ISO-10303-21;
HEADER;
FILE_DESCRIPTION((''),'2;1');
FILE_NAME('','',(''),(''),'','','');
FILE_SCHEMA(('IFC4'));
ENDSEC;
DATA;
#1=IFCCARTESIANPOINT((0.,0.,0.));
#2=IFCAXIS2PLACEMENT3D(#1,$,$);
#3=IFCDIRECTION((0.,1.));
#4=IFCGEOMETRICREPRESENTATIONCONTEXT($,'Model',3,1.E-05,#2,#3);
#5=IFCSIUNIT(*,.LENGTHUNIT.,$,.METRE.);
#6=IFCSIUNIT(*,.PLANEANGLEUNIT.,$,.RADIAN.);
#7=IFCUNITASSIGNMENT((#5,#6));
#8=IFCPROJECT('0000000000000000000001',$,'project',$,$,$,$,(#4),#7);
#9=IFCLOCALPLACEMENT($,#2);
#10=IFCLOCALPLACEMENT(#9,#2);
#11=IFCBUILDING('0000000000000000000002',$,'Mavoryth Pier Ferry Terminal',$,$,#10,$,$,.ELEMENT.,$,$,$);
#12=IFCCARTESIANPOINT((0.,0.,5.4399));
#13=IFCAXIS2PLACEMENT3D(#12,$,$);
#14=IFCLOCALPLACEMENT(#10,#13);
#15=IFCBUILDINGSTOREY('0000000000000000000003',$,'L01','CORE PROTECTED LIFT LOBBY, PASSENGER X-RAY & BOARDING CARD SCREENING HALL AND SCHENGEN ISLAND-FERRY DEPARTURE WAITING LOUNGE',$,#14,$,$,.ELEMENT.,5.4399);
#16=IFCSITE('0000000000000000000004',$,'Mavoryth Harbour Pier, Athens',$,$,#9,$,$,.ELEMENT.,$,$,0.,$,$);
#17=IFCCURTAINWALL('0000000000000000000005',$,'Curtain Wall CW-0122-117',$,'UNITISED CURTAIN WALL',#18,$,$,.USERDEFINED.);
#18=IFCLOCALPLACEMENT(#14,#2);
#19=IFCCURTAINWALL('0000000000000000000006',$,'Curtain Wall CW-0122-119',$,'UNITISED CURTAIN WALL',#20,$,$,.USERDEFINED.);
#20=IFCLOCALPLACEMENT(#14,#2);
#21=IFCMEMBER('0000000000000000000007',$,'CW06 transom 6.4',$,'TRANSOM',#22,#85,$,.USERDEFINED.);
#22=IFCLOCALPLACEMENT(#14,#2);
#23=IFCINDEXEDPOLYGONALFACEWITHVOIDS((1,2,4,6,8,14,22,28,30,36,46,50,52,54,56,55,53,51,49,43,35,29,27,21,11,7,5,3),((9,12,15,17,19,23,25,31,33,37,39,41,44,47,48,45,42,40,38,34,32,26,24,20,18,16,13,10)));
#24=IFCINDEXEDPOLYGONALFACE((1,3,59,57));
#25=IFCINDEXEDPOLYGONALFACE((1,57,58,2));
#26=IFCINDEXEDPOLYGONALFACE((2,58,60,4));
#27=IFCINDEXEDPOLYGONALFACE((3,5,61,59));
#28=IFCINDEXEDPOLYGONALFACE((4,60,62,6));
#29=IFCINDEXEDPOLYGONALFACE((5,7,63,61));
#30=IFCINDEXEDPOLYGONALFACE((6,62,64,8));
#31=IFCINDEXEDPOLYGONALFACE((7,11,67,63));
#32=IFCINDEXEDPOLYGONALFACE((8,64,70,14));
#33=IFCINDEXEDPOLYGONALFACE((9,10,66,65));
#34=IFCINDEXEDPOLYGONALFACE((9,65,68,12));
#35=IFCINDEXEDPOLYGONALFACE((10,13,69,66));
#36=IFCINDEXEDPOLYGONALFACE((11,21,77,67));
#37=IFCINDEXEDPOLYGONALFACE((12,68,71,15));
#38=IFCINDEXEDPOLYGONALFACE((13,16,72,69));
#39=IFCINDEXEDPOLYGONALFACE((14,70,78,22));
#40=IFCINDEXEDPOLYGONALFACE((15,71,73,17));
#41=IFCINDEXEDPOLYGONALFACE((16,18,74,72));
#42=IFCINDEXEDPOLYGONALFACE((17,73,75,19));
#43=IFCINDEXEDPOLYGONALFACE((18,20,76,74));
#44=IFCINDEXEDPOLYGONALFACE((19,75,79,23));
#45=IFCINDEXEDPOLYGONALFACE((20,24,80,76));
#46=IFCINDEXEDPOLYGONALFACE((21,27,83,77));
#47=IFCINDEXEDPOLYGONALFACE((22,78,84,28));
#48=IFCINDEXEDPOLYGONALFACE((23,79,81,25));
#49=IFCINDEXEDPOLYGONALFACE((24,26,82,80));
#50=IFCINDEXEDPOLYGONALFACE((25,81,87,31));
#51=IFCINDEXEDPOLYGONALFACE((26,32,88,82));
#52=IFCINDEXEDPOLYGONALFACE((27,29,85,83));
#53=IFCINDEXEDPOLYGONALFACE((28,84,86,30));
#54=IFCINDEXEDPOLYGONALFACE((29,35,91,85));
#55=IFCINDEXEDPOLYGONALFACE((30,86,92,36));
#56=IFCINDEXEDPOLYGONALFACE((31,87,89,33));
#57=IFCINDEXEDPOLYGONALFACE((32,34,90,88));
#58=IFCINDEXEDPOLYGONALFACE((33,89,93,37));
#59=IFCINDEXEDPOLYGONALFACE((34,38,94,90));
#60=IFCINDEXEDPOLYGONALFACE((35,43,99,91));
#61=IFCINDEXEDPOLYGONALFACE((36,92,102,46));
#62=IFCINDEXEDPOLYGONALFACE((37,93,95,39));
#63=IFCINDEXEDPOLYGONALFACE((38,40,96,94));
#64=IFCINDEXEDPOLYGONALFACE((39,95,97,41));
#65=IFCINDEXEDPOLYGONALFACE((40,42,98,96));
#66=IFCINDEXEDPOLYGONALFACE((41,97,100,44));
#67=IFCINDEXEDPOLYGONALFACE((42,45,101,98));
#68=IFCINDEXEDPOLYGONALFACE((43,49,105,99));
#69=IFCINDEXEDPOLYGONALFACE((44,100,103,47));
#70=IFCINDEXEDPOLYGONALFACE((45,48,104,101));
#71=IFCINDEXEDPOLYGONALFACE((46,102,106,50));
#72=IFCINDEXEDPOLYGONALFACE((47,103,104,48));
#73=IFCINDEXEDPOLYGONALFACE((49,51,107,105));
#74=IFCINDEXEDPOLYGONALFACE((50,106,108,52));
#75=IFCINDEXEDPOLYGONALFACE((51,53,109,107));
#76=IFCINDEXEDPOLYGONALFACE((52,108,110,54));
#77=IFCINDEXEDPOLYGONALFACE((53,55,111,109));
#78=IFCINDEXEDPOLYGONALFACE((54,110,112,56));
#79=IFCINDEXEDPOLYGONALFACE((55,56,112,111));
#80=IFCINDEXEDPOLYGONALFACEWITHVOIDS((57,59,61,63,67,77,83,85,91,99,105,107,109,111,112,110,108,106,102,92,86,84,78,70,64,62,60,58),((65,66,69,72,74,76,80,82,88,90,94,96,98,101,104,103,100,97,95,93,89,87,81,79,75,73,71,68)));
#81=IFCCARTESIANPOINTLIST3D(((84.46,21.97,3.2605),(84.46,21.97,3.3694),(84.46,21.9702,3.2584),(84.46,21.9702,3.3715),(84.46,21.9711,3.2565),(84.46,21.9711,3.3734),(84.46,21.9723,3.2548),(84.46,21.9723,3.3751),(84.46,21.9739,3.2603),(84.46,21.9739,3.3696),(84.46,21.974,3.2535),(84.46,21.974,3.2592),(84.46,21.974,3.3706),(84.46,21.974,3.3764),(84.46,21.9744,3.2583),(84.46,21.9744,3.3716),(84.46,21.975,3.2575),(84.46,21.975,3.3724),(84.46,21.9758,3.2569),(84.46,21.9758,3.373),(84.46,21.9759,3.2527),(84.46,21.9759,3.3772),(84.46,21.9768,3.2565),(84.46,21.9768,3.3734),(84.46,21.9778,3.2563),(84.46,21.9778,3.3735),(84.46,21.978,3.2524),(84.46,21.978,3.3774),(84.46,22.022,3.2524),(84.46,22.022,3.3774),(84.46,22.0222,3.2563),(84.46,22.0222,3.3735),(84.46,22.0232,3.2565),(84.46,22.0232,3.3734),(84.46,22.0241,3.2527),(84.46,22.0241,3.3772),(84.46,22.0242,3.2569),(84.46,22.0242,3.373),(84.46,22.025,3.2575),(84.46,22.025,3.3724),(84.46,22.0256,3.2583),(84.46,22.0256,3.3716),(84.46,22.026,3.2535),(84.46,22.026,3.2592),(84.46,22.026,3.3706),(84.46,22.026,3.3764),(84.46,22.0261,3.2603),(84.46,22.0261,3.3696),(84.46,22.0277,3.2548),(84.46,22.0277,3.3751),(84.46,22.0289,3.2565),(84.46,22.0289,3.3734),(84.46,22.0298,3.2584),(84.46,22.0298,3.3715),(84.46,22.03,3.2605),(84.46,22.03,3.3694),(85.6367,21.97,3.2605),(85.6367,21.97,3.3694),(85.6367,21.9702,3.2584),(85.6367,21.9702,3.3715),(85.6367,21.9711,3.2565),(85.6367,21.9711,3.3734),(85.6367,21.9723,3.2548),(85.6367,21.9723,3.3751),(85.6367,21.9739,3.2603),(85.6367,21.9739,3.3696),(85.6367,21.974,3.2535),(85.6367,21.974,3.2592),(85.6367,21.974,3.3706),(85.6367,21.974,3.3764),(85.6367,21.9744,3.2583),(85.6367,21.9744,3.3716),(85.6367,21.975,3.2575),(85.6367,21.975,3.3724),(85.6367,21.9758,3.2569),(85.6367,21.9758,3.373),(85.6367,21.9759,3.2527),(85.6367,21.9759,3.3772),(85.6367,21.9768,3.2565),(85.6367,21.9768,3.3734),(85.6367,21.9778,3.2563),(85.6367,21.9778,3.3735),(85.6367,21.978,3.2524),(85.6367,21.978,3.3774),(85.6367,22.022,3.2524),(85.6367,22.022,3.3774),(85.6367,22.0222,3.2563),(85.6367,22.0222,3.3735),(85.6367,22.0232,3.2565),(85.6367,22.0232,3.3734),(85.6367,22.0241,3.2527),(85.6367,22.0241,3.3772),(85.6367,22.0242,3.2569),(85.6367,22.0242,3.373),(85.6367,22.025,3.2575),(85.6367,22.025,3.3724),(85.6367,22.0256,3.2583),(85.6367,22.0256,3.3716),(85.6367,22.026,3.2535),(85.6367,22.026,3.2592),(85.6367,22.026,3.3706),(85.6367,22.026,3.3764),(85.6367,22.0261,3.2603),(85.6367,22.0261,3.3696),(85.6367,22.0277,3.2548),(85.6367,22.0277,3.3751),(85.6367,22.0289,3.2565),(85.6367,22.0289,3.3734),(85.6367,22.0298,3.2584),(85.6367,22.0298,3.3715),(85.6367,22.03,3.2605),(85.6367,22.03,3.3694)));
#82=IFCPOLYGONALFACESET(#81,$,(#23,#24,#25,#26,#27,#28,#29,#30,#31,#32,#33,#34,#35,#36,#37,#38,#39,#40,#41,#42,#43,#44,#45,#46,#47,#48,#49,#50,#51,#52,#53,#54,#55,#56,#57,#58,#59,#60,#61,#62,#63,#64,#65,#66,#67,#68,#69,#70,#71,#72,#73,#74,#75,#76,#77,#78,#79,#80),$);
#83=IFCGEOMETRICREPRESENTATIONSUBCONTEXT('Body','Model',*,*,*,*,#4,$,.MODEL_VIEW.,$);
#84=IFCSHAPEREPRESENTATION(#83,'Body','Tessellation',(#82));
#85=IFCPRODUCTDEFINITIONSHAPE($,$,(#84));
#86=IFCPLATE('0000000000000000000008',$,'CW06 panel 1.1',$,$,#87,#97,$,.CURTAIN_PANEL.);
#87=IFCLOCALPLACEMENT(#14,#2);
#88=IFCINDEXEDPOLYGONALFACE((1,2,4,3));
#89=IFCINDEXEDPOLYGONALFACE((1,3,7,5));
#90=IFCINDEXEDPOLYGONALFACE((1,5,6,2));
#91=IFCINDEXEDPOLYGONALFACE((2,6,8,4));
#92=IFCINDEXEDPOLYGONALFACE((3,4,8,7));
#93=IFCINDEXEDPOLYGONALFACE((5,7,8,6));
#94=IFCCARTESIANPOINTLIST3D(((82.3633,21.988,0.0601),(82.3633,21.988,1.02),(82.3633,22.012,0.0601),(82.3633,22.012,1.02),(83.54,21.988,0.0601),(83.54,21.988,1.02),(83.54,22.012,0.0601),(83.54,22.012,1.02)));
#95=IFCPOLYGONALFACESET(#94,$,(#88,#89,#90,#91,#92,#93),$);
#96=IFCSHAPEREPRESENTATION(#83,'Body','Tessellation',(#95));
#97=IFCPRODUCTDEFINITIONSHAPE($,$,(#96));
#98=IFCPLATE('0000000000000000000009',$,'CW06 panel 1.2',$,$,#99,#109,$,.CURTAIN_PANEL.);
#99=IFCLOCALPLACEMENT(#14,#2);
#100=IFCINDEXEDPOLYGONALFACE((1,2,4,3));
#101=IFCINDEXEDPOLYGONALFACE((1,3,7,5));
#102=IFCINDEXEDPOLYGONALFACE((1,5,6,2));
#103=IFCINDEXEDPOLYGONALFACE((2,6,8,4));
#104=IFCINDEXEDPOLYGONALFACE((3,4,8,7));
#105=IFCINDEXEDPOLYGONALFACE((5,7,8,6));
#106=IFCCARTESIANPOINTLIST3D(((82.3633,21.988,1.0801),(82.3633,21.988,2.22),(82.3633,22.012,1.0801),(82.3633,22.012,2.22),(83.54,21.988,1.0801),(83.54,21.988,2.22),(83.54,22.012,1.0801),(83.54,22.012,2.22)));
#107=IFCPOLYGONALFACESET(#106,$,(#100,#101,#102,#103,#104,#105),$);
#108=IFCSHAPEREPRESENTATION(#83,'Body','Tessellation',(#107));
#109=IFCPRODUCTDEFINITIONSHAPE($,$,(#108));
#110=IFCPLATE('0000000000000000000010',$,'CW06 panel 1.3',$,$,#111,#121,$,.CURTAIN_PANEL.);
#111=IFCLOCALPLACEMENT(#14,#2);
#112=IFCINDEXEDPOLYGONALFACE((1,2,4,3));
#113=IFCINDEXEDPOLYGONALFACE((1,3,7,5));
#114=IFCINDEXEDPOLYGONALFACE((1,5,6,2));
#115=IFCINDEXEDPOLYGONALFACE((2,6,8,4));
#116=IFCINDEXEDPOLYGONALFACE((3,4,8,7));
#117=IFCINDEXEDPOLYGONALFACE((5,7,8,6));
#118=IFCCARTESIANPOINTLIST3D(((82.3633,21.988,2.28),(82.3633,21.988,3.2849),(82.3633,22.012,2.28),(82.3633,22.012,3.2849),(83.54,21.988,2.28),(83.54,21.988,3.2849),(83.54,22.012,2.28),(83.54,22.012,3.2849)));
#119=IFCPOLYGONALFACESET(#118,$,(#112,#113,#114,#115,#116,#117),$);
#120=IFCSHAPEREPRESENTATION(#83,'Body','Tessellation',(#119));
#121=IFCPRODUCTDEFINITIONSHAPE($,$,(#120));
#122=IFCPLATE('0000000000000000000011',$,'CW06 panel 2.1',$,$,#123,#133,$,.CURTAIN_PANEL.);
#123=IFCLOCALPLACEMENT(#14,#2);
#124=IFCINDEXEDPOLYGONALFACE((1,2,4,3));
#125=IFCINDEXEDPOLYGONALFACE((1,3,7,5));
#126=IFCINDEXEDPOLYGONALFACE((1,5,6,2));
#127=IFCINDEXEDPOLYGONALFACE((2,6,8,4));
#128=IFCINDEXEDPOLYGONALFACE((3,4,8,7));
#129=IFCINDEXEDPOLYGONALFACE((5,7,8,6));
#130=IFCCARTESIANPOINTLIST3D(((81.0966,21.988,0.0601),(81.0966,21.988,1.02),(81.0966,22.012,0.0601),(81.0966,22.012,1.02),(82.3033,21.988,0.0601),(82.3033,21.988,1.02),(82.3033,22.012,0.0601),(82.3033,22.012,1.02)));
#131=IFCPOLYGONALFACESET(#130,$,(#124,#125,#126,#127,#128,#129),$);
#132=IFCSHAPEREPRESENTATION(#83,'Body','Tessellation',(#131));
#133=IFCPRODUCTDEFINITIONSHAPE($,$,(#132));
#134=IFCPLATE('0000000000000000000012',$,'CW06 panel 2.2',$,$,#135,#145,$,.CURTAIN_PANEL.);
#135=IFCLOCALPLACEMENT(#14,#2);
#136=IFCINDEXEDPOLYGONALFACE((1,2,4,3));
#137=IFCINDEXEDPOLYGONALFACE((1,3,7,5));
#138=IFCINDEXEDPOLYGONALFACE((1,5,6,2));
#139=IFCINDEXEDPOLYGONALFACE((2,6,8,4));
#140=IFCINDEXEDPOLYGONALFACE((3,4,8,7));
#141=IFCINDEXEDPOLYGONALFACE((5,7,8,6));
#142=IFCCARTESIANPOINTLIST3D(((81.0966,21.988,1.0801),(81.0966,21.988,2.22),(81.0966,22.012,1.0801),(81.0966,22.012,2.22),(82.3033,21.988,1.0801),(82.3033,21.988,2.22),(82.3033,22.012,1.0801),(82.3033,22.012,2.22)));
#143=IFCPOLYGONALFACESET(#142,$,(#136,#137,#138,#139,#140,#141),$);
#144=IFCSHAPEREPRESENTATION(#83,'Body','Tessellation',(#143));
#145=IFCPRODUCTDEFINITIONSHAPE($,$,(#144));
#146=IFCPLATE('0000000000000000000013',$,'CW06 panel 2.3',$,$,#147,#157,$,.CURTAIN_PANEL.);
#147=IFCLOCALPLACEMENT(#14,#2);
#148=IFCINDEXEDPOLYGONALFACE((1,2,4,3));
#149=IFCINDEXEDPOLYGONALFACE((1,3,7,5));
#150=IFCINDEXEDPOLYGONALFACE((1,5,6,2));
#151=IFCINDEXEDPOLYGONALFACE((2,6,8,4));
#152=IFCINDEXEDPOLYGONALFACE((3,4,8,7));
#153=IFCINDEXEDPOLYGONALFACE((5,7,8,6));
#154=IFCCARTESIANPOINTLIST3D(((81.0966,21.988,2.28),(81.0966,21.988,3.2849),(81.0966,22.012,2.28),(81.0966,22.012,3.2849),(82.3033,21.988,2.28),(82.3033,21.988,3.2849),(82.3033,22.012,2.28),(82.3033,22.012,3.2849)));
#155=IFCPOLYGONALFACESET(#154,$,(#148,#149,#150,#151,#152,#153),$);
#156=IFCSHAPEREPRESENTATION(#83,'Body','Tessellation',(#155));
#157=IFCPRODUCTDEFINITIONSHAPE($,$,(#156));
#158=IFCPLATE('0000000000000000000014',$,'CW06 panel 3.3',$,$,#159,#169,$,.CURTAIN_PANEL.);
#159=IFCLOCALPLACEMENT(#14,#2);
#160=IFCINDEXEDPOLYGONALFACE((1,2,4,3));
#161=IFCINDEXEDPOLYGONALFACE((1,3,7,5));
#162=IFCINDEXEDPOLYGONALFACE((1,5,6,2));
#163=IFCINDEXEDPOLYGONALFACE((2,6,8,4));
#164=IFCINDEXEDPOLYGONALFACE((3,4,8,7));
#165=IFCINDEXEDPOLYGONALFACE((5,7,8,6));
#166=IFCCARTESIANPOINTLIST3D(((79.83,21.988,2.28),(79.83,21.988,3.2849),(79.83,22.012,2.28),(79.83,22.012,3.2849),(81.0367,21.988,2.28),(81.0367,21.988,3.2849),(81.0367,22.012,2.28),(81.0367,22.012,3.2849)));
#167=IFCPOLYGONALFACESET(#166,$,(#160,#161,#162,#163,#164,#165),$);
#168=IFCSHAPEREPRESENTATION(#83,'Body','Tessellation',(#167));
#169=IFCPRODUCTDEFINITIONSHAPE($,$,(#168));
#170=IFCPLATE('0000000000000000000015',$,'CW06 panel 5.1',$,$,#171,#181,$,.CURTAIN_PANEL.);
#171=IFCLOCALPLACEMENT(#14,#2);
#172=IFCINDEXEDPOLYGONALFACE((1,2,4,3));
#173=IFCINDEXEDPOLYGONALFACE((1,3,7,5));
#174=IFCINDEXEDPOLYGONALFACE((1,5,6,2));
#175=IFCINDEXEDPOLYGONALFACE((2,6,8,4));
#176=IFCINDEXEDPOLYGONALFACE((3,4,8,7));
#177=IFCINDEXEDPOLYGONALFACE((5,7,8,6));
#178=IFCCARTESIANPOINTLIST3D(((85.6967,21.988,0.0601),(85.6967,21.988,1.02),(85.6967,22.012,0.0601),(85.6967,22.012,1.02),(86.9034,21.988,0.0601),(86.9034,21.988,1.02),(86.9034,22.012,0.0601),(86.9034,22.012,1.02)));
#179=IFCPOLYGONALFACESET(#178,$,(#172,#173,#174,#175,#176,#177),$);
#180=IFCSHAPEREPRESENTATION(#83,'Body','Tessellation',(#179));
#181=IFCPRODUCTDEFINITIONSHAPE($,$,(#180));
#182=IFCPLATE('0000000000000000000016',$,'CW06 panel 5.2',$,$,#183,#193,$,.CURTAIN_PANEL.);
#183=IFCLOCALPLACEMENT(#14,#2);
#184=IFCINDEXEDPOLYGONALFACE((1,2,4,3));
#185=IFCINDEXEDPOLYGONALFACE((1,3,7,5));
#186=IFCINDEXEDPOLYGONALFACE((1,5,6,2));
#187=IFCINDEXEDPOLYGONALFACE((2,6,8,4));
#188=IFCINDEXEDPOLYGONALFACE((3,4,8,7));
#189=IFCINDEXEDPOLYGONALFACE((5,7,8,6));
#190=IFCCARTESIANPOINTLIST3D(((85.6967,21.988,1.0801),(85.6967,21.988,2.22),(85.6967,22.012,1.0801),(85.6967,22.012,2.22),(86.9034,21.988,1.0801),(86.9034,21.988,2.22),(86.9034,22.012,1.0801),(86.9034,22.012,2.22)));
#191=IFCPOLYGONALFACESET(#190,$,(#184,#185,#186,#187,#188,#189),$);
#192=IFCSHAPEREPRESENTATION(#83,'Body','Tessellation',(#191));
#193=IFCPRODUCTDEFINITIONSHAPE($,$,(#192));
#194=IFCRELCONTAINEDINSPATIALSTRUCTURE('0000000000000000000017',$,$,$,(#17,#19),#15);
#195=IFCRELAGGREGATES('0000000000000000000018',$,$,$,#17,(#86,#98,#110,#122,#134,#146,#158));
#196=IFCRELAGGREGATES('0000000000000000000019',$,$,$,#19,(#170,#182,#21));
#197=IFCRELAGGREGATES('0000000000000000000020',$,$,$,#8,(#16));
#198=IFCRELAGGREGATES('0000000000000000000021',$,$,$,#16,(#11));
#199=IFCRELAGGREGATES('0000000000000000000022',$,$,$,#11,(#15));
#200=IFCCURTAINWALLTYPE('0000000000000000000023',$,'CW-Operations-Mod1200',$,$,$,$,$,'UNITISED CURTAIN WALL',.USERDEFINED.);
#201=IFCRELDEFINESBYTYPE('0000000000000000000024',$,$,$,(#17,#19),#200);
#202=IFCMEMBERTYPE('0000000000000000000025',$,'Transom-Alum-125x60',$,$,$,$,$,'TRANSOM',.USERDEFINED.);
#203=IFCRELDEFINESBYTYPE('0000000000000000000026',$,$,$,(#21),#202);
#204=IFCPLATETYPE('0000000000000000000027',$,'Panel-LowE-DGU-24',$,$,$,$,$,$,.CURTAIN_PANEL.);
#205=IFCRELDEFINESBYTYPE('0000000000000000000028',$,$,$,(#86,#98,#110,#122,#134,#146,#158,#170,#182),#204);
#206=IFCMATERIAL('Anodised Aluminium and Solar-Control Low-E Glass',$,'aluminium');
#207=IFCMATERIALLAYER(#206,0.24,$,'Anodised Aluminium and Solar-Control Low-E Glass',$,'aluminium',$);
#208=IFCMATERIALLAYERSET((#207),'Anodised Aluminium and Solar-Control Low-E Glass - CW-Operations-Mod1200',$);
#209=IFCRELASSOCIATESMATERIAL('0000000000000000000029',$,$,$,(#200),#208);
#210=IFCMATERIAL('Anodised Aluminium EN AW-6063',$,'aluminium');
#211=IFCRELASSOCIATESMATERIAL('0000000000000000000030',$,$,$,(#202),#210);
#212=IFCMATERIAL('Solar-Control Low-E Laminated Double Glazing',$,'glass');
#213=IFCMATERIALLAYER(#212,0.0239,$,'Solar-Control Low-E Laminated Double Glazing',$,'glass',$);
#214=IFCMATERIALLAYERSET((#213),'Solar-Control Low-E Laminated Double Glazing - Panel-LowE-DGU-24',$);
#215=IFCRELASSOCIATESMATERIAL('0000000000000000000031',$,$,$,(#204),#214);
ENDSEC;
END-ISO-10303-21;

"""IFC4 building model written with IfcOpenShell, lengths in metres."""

from ifc_helpers import new_model, si_unit, direction, frame, origin, origin_2d, place, context, subcontext, project, spatial, rectangle, hollow_rectangle, extrude, material, layer, layer_set, material_profile, profile_set, type_object, element, aggregate, save


model = new_model("IFC4")

# Units and contexts
model_context = context("Model", 3, precision=1e-05, world=origin(), true_north=direction((0.0, 1.0)))
body_context = subcontext(model_context, "Body", "Model", "MODEL_VIEW")
ifc_project = project(units=[si_unit("LENGTHUNIT", "METRE"), si_unit("PLANEANGLEUNIT", "RADIAN")], contexts=[model_context])

# Site, building, storey
site_placement = place(None, origin())
site = spatial("IfcSite", under=ifc_project, at=site_placement, Name="Mavoryth Harbour Pier, Athens", CompositionType="ELEMENT", RefElevation=0.0)
building_placement = place(site_placement, origin())
building = spatial("IfcBuilding", under=site, at=building_placement, Name="Mavoryth Pier Ferry Terminal", CompositionType="ELEMENT")
storey_placement = place(building_placement, frame((0.0, 0.0, 5.4399)))
storey = spatial("IfcBuildingStorey", under=building, at=storey_placement, Name="L01", Description="CORE PROTECTED LIFT LOBBY, PASSENGER X-RAY & BOARDING CARD SCREENING HALL AND SCHENGEN ISLAND-FERRY DEPARTURE WAITING LOUNGE", CompositionType="ELEMENT", Elevation=5.4399)

# Curtain walls
ifc_material_1 = material(Name="Anodised Aluminium and Solar-Control Low-E Glass", Category="aluminium")
ifc_layer_1 = layer(ifc_material_1, 0.24, Name="Anodised Aluminium and Solar-Control Low-E Glass", Category="aluminium")
ifc_layer_set_1 = layer_set([ifc_layer_1], Name="Anodised Aluminium and Solar-Control Low-E Glass - CW-Operations-Mod1200")
curtain_wall_type = type_object("IfcCurtainWallType", Name="CW-Operations-Mod1200", ElementType="UNITISED CURTAIN WALL", PredefinedType="USERDEFINED", material=ifc_layer_set_1)
curtain_wall_1_placement = place(storey_placement, origin())
curtain_wall_1 = element("IfcCurtainWall", 1, at=curtain_wall_1_placement, inside=storey, type_object=curtain_wall_type, Name="Curtain Wall CW-0122-117", ObjectType="UNITISED CURTAIN WALL", PredefinedType="USERDEFINED")
ifc_material_2 = material(Name="Anodised Aluminium EN AW-6063", Category="aluminium")
curtain_wall_2_placement = place(storey_placement, origin())
curtain_wall_2 = element("IfcCurtainWall", 2, at=curtain_wall_2_placement, inside=storey, type_object=curtain_wall_type, Name="Curtain Wall CW-0122-119", ObjectType="UNITISED CURTAIN WALL", PredefinedType="USERDEFINED")

# Member
ifc_material_profile_1 = material_profile(ifc_material_2, hollow_rectangle(XDim=0.0601, YDim=0.125, WallThickness=0.0039, InnerFilletRadius=0.0039, OuterFilletRadius=0.0081, at=origin_2d()), Name="AL-TRAN 125x60x4", Category="aluminium")
ifc_profile_set_1 = profile_set([ifc_material_profile_1], Name="Anodised Aluminium EN AW-6063 - AL-TRAN 125x60x4")
member_type_1 = type_object("IfcMemberType", Name="Transom-Alum-125x60", ElementType="TRANSOM", PredefinedType="USERDEFINED", material=ifc_profile_set_1)
member_1_placement = place(storey_placement, frame((85.6367, 22.0, 3.3149), z_axis=(-1.0, 0.0, 0.0), x_axis=(0.0, -1.0, 0.0)))
member_1 = element("IfcMember", 3, at=member_1_placement, type_object=member_type_1, Name="CW06 transom 6.4", ObjectType="TRANSOM", PredefinedType="USERDEFINED", context=body_context, shape_type="SweptSolid", body=[
    extrude(hollow_rectangle(XDim=0.0601, YDim=0.125, WallThickness=0.0039, InnerFilletRadius=0.0039, OuterFilletRadius=0.0081, at=origin_2d()), origin(), (0.0, 0.0, 1.0), 1.1768),
])

# Plates
ifc_material_3 = material(Name="Solar-Control Low-E Laminated Double Glazing", Category="glass")
ifc_layer_2 = layer(ifc_material_3, 0.0239, Name="Solar-Control Low-E Laminated Double Glazing", Category="glass")
ifc_layer_set_2 = layer_set([ifc_layer_2], Name="Solar-Control Low-E Laminated Double Glazing - Panel-LowE-DGU-24")
plate_type = type_object("IfcPlateType", Name="Panel-LowE-DGU-24", PredefinedType="CURTAIN_PANEL", material=ifc_layer_set_2)
plate_1_placement = place(storey_placement, frame((82.9517, 22.0, 0.0601), z_axis=(0.0, 0.0, 1.0), x_axis=(-1.0, 0.0, 0.0)))
plate_1 = element("IfcPlate", 4, at=plate_1_placement, type_object=plate_type, Name="CW06 panel 1.1", PredefinedType="CURTAIN_PANEL", context=body_context, shape_type="SweptSolid", body=[
    extrude(rectangle(XDim=1.1768, YDim=0.0239, at=origin_2d()), origin(), (0.0, 0.0, 1.0), 0.96),
])
plate_2_placement = place(storey_placement, frame((82.9517, 22.0, 1.0801), z_axis=(0.0, 0.0, 1.0), x_axis=(-1.0, 0.0, 0.0)))
plate_2 = element("IfcPlate", 5, at=plate_2_placement, type_object=plate_type, Name="CW06 panel 1.2", PredefinedType="CURTAIN_PANEL", context=body_context, shape_type="SweptSolid", body=[
    extrude(rectangle(XDim=1.1768, YDim=0.0239, at=origin_2d()), origin(), (0.0, 0.0, 1.0), 1.1399),
])
plate_3_placement = place(storey_placement, frame((82.9517, 22.0, 2.28), z_axis=(0.0, 0.0, 1.0), x_axis=(-1.0, 0.0, 0.0)))
plate_3 = element("IfcPlate", 6, at=plate_3_placement, type_object=plate_type, Name="CW06 panel 1.3", PredefinedType="CURTAIN_PANEL", context=body_context, shape_type="SweptSolid", body=[
    extrude(rectangle(XDim=1.1768, YDim=0.0239, at=origin_2d()), origin(), (0.0, 0.0, 1.0), 1.0049),
])
plate_4_placement = place(storey_placement, frame((81.7, 22.0, 0.0601), z_axis=(0.0, 0.0, 1.0), x_axis=(-1.0, 0.0, 0.0)))
plate_4 = element("IfcPlate", 7, at=plate_4_placement, type_object=plate_type, Name="CW06 panel 2.1", PredefinedType="CURTAIN_PANEL", context=body_context, shape_type="SweptSolid", body=[
    extrude(rectangle(XDim=1.2068, YDim=0.0239, at=origin_2d()), origin(), (0.0, 0.0, 1.0), 0.96),
])
plate_5_placement = place(storey_placement, frame((81.7, 22.0, 1.0801), z_axis=(0.0, 0.0, 1.0), x_axis=(-1.0, 0.0, 0.0)))
plate_5 = element("IfcPlate", 8, at=plate_5_placement, type_object=plate_type, Name="CW06 panel 2.2", PredefinedType="CURTAIN_PANEL", context=body_context, shape_type="SweptSolid", body=[
    extrude(rectangle(XDim=1.2068, YDim=0.0239, at=origin_2d()), origin(), (0.0, 0.0, 1.0), 1.1399),
])
plate_6_placement = place(storey_placement, frame((81.7, 22.0, 2.28), z_axis=(0.0, 0.0, 1.0), x_axis=(-1.0, 0.0, 0.0)))
plate_6 = element("IfcPlate", 9, at=plate_6_placement, type_object=plate_type, Name="CW06 panel 2.3", PredefinedType="CURTAIN_PANEL", context=body_context, shape_type="SweptSolid", body=[
    extrude(rectangle(XDim=1.2068, YDim=0.0239, at=origin_2d()), origin(), (0.0, 0.0, 1.0), 1.0049),
])
plate_7_placement = place(storey_placement, frame((80.4333, 22.0, 2.28), z_axis=(0.0, 0.0, 1.0), x_axis=(-1.0, 0.0, 0.0)))
plate_7 = element("IfcPlate", 10, at=plate_7_placement, type_object=plate_type, Name="CW06 panel 3.3", PredefinedType="CURTAIN_PANEL", context=body_context, shape_type="SweptSolid", body=[
    extrude(rectangle(XDim=1.2068, YDim=0.0239, at=origin_2d()), origin(), (0.0, 0.0, 1.0), 1.0049),
])
aggregate(curtain_wall_1, [plate_1, plate_2, plate_3, plate_4, plate_5, plate_6, plate_7])
plate_8_placement = place(storey_placement, frame((86.3, 22.0, 0.0601), z_axis=(0.0, 0.0, 1.0), x_axis=(-1.0, 0.0, 0.0)))
plate_8 = element("IfcPlate", 11, at=plate_8_placement, type_object=plate_type, Name="CW06 panel 5.1", PredefinedType="CURTAIN_PANEL", context=body_context, shape_type="SweptSolid", body=[
    extrude(rectangle(XDim=1.2068, YDim=0.0239, at=origin_2d()), origin(), (0.0, 0.0, 1.0), 0.96),
])
plate_9_placement = place(storey_placement, frame((86.3, 22.0, 1.0801), z_axis=(0.0, 0.0, 1.0), x_axis=(-1.0, 0.0, 0.0)))
plate_9 = element("IfcPlate", 12, at=plate_9_placement, type_object=plate_type, Name="CW06 panel 5.2", PredefinedType="CURTAIN_PANEL", context=body_context, shape_type="SweptSolid", body=[
    extrude(rectangle(XDim=1.2068, YDim=0.0239, at=origin_2d()), origin(), (0.0, 0.0, 1.0), 1.1399),
])
aggregate(curtain_wall_2, [plate_8, plate_9, member_1])

save(model, "model.ifc")
